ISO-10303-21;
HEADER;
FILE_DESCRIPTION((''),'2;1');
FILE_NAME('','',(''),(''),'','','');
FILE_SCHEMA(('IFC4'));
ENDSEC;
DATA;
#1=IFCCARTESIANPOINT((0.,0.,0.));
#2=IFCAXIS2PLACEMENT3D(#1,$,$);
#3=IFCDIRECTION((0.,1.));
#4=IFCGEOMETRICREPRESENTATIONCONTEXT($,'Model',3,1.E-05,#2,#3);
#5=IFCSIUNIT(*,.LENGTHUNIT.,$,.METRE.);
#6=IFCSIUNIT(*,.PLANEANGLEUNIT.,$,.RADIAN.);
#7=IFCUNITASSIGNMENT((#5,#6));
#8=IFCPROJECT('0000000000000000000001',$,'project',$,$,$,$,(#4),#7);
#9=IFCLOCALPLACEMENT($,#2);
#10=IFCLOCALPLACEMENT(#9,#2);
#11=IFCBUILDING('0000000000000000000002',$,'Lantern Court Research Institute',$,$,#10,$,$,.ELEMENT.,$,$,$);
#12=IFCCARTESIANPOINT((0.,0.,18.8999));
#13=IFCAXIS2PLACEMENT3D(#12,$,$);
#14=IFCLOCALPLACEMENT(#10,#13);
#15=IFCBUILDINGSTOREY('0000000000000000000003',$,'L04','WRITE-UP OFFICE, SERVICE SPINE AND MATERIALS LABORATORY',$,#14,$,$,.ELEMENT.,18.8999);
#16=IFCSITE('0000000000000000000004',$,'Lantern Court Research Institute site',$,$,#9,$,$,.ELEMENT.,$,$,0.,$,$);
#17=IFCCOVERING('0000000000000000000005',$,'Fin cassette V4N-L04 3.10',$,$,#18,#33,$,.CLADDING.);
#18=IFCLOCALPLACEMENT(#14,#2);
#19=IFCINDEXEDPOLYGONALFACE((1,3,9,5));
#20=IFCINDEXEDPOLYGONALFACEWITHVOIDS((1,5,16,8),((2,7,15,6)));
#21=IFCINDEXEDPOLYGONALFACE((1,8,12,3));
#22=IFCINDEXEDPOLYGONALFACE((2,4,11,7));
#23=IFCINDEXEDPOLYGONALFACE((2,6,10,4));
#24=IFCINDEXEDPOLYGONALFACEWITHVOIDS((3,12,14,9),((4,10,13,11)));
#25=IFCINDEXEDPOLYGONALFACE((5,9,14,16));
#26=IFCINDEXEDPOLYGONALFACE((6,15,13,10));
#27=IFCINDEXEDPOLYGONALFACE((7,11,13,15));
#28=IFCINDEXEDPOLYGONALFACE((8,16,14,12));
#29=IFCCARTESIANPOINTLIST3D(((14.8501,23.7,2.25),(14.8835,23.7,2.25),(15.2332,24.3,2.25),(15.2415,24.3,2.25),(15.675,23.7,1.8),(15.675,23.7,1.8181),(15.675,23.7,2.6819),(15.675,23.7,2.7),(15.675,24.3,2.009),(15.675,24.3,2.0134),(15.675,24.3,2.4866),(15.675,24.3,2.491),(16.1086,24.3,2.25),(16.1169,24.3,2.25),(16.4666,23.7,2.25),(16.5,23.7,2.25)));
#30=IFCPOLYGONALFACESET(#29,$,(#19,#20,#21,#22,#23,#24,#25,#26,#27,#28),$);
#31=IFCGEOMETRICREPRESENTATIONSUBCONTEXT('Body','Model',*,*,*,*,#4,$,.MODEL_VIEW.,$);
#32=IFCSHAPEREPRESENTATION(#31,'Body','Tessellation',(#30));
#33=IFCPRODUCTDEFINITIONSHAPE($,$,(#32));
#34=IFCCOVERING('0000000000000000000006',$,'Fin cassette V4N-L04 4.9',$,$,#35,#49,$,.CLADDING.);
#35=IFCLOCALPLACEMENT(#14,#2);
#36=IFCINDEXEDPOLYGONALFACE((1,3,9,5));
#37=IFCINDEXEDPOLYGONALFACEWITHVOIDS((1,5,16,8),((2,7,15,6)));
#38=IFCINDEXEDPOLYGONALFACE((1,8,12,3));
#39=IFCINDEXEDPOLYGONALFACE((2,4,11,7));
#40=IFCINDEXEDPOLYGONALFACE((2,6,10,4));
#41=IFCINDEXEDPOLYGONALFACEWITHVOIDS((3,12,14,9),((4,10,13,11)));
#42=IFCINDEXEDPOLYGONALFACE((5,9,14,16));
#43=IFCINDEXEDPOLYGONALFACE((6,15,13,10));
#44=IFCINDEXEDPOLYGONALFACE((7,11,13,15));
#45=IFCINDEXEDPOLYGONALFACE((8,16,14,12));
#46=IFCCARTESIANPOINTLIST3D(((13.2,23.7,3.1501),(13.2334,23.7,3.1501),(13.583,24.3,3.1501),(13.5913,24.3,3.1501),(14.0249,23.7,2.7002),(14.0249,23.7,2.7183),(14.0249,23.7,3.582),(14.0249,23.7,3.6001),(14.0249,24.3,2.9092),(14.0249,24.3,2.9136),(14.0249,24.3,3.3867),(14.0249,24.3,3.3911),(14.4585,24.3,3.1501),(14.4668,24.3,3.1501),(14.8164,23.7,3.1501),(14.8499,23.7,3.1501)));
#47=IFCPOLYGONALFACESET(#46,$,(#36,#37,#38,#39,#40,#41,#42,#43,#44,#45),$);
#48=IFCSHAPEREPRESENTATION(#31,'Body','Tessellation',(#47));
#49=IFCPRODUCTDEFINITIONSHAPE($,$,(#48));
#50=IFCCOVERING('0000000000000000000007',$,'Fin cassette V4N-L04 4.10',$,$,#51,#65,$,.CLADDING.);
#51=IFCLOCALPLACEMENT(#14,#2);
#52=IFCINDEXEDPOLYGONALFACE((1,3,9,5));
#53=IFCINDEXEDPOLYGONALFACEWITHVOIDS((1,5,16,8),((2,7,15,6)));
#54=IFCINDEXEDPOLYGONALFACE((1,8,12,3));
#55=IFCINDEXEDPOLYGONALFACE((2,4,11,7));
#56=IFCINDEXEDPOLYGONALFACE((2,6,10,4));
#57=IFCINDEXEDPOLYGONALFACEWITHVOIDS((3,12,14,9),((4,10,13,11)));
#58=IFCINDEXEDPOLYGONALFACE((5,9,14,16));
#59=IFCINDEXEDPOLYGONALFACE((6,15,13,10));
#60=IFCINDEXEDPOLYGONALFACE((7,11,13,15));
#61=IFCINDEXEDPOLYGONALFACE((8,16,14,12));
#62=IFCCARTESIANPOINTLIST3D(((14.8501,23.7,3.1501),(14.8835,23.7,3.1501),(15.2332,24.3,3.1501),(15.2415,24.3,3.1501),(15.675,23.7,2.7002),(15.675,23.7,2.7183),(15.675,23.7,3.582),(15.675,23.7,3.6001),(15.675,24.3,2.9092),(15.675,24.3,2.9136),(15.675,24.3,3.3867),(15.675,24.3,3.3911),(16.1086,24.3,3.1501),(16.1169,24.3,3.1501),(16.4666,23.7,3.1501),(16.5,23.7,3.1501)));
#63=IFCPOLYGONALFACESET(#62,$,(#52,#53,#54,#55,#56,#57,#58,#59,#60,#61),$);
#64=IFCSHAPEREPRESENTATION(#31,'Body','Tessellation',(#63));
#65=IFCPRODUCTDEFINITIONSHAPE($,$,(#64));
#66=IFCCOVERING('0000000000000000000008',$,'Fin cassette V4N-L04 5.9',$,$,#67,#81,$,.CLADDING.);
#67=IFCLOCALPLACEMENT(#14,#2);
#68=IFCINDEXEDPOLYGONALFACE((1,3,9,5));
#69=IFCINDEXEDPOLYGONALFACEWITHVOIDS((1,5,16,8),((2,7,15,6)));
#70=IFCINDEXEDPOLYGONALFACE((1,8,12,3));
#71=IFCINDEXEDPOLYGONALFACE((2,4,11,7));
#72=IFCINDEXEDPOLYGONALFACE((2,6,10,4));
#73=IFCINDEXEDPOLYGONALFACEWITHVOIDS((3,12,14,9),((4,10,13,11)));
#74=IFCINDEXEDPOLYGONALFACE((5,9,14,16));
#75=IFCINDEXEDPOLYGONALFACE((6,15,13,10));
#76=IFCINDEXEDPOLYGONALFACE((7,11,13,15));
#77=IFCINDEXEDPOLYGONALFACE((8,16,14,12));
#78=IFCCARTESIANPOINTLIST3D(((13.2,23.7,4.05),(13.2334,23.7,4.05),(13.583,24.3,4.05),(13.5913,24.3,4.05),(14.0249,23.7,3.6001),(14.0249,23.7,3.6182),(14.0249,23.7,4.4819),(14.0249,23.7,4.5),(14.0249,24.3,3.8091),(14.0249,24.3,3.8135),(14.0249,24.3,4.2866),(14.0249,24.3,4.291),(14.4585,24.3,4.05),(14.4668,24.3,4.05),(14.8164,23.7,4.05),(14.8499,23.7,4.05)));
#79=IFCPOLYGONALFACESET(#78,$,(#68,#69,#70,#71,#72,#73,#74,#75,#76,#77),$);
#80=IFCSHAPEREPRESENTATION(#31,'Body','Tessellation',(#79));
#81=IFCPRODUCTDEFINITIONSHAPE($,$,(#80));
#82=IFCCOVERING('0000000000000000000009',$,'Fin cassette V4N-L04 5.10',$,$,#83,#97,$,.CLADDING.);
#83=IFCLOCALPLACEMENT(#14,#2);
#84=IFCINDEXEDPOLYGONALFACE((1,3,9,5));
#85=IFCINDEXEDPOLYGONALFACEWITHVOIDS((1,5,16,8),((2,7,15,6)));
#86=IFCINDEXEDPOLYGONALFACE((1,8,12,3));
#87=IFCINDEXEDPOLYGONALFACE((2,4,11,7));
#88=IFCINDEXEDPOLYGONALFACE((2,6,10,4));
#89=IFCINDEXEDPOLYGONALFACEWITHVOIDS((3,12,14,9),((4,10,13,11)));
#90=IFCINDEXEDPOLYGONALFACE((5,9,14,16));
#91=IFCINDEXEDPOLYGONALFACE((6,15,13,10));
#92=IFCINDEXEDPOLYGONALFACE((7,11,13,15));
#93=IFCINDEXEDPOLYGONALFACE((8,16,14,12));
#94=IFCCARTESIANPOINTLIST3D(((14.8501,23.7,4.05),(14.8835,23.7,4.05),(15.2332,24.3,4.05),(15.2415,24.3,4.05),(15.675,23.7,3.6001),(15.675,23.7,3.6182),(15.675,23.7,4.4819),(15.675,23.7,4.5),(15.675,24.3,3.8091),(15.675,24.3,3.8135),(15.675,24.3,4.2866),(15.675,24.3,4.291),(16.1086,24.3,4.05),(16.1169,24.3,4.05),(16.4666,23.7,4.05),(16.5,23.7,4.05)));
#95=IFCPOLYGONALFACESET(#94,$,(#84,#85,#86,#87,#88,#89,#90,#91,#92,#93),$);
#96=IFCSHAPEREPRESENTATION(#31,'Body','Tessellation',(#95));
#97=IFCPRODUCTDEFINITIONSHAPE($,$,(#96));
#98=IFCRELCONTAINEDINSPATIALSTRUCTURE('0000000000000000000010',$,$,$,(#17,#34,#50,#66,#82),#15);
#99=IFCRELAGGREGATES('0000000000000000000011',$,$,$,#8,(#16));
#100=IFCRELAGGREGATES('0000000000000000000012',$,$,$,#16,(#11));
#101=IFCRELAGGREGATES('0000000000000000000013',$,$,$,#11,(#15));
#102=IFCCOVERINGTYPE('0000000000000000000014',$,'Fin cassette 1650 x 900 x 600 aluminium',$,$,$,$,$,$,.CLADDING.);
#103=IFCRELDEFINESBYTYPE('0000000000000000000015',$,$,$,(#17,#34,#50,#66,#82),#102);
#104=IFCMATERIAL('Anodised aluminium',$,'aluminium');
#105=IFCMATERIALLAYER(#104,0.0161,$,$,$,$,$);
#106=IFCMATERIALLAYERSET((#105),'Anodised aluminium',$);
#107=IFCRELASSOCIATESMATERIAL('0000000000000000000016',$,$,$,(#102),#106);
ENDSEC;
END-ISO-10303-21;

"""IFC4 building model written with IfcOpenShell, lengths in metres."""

from ifc_helpers import new_model, entity, si_unit, direction, frame, origin, place, context, subcontext, project, spatial, material, layer, layer_set, type_object, element, save


model = new_model("IFC4")

# Units and contexts
model_context = context("Model", 3, precision=1e-05, world=origin(), true_north=direction((0.0, 1.0)))
body_context = subcontext(model_context, "Body", "Model", "MODEL_VIEW")
ifc_project = project(units=[si_unit("LENGTHUNIT", "METRE"), si_unit("PLANEANGLEUNIT", "RADIAN")], contexts=[model_context])

# Site, building, storey
site_placement = place(None, origin())
site = spatial("IfcSite", under=ifc_project, at=site_placement, Name="Lantern Court Research Institute site", CompositionType="ELEMENT", RefElevation=0.0)
building_placement = place(site_placement, origin())
building = spatial("IfcBuilding", under=site, at=building_placement, Name="Lantern Court Research Institute", CompositionType="ELEMENT")
storey_placement = place(building_placement, frame((0.0, 0.0, 18.8999)))
storey = spatial("IfcBuildingStorey", under=building, at=storey_placement, Name="L04", Description="WRITE-UP OFFICE, SERVICE SPINE AND MATERIALS LABORATORY", CompositionType="ELEMENT", Elevation=18.8999)

# Coverings
ifc_material_1 = material(Name="Anodised aluminium", Category="aluminium")
ifc_layer_1 = layer(ifc_material_1, 0.0161)
ifc_layer_set_1 = layer_set([ifc_layer_1], Name="Anodised aluminium")
covering_type = type_object("IfcCoveringType", Name="Fin cassette 1650 x 900 x 600 aluminium", PredefinedType="CLADDING", material=ifc_layer_set_1)
covering_1_placement = place(storey_placement, frame((15.675, 23.7, 2.25), z_axis=(0.0, 1.0, 0.0), x_axis=(-1.0, 0.0, 0.0)))
cartesian_point_1 = entity("IfcCartesianPoint", [0.825, 0.0])
cartesian_point_2 = entity("IfcCartesianPoint", [0.7915, 0.0])
cartesian_point_3 = entity("IfcCartesianPoint", [0.4419, 0.0])
cartesian_point_4 = entity("IfcCartesianPoint", [0.4336, 0.0])
element("IfcCovering", 1, at=covering_1_placement, inside=storey, type_object=covering_type, Name="Fin cassette V4N-L04 3.10", PredefinedType="CLADDING", context=body_context, shape_type="SweptSolid", body=[
    entity("IfcExtrudedAreaSolidTapered", entity("IfcArbitraryProfileDefWithVoids", "AREA", None, entity("IfcPolyline", [cartesian_point_1, entity("IfcCartesianPoint", [0.0, 0.45]), entity("IfcCartesianPoint", [-0.825, 0.0]), entity("IfcCartesianPoint", [0.0, -0.45]), cartesian_point_1]), [entity("IfcPolyline", [cartesian_point_2, entity("IfcCartesianPoint", [0.0, 0.4319]), entity("IfcCartesianPoint", [-0.7915, 0.0]), entity("IfcCartesianPoint", [0.0, -0.4319]), cartesian_point_2])]), entity("IfcAxis2Placement3D", entity("IfcCartesianPoint", [0.0, 0.0, 0.0])), entity("IfcDirection", [0.0, 0.0, 1.0]), 0.6001, entity("IfcArbitraryProfileDefWithVoids", "AREA", None, entity("IfcPolyline", [cartesian_point_3, entity("IfcCartesianPoint", [0.0, 0.241]), entity("IfcCartesianPoint", [-0.4419, 0.0]), entity("IfcCartesianPoint", [0.0, -0.241]), cartesian_point_3]), [entity("IfcPolyline", [cartesian_point_4, entity("IfcCartesianPoint", [0.0, 0.2366]), entity("IfcCartesianPoint", [-0.4336, 0.0]), entity("IfcCartesianPoint", [0.0, -0.2366]), cartesian_point_4])])),
])
covering_2_placement = place(storey_placement, frame((14.0249, 23.7, 3.1501), z_axis=(0.0, 1.0, 0.0), x_axis=(-1.0, 0.0, 0.0)))
cartesian_point_5 = entity("IfcCartesianPoint", [0.825, 0.0])
cartesian_point_6 = entity("IfcCartesianPoint", [0.7915, 0.0])
cartesian_point_7 = entity("IfcCartesianPoint", [0.4419, 0.0])
cartesian_point_8 = entity("IfcCartesianPoint", [0.4336, 0.0])
element("IfcCovering", 2, at=covering_2_placement, inside=storey, type_object=covering_type, Name="Fin cassette V4N-L04 4.9", PredefinedType="CLADDING", context=body_context, shape_type="SweptSolid", body=[
    entity("IfcExtrudedAreaSolidTapered", entity("IfcArbitraryProfileDefWithVoids", "AREA", None, entity("IfcPolyline", [cartesian_point_5, entity("IfcCartesianPoint", [0.0, 0.45]), entity("IfcCartesianPoint", [-0.825, 0.0]), entity("IfcCartesianPoint", [0.0, -0.45]), cartesian_point_5]), [entity("IfcPolyline", [cartesian_point_6, entity("IfcCartesianPoint", [0.0, 0.4319]), entity("IfcCartesianPoint", [-0.7915, 0.0]), entity("IfcCartesianPoint", [0.0, -0.4319]), cartesian_point_6])]), entity("IfcAxis2Placement3D", entity("IfcCartesianPoint", [0.0, 0.0, 0.0])), entity("IfcDirection", [0.0, 0.0, 1.0]), 0.6001, entity("IfcArbitraryProfileDefWithVoids", "AREA", None, entity("IfcPolyline", [cartesian_point_7, entity("IfcCartesianPoint", [0.0, 0.241]), entity("IfcCartesianPoint", [-0.4419, 0.0]), entity("IfcCartesianPoint", [0.0, -0.241]), cartesian_point_7]), [entity("IfcPolyline", [cartesian_point_8, entity("IfcCartesianPoint", [0.0, 0.2366]), entity("IfcCartesianPoint", [-0.4336, 0.0]), entity("IfcCartesianPoint", [0.0, -0.2366]), cartesian_point_8])])),
])
covering_3_placement = place(storey_placement, frame((15.675, 23.7, 3.1501), z_axis=(0.0, 1.0, 0.0), x_axis=(-1.0, 0.0, 0.0)))
cartesian_point_9 = entity("IfcCartesianPoint", [0.825, 0.0])
cartesian_point_10 = entity("IfcCartesianPoint", [0.7915, 0.0])
cartesian_point_11 = entity("IfcCartesianPoint", [0.4419, 0.0])
cartesian_point_12 = entity("IfcCartesianPoint", [0.4336, 0.0])
element("IfcCovering", 3, at=covering_3_placement, inside=storey, type_object=covering_type, Name="Fin cassette V4N-L04 4.10", PredefinedType="CLADDING", context=body_context, shape_type="SweptSolid", body=[
    entity("IfcExtrudedAreaSolidTapered", entity("IfcArbitraryProfileDefWithVoids", "AREA", None, entity("IfcPolyline", [cartesian_point_9, entity("IfcCartesianPoint", [0.0, 0.45]), entity("IfcCartesianPoint", [-0.825, 0.0]), entity("IfcCartesianPoint", [0.0, -0.45]), cartesian_point_9]), [entity("IfcPolyline", [cartesian_point_10, entity("IfcCartesianPoint", [0.0, 0.4319]), entity("IfcCartesianPoint", [-0.7915, 0.0]), entity("IfcCartesianPoint", [0.0, -0.4319]), cartesian_point_10])]), entity("IfcAxis2Placement3D", entity("IfcCartesianPoint", [0.0, 0.0, 0.0])), entity("IfcDirection", [0.0, 0.0, 1.0]), 0.6001, entity("IfcArbitraryProfileDefWithVoids", "AREA", None, entity("IfcPolyline", [cartesian_point_11, entity("IfcCartesianPoint", [0.0, 0.241]), entity("IfcCartesianPoint", [-0.4419, 0.0]), entity("IfcCartesianPoint", [0.0, -0.241]), cartesian_point_11]), [entity("IfcPolyline", [cartesian_point_12, entity("IfcCartesianPoint", [0.0, 0.2366]), entity("IfcCartesianPoint", [-0.4336, 0.0]), entity("IfcCartesianPoint", [0.0, -0.2366]), cartesian_point_12])])),
])
covering_4_placement = place(storey_placement, frame((14.0249, 23.7, 4.05), z_axis=(0.0, 1.0, 0.0), x_axis=(-1.0, 0.0, 0.0)))
cartesian_point_13 = entity("IfcCartesianPoint", [0.825, 0.0])
cartesian_point_14 = entity("IfcCartesianPoint", [0.7915, 0.0])
cartesian_point_15 = entity("IfcCartesianPoint", [0.4419, 0.0])
cartesian_point_16 = entity("IfcCartesianPoint", [0.4336, 0.0])
element("IfcCovering", 4, at=covering_4_placement, inside=storey, type_object=covering_type, Name="Fin cassette V4N-L04 5.9", PredefinedType="CLADDING", context=body_context, shape_type="SweptSolid", body=[
    entity("IfcExtrudedAreaSolidTapered", entity("IfcArbitraryProfileDefWithVoids", "AREA", None, entity("IfcPolyline", [cartesian_point_13, entity("IfcCartesianPoint", [0.0, 0.45]), entity("IfcCartesianPoint", [-0.825, 0.0]), entity("IfcCartesianPoint", [0.0, -0.45]), cartesian_point_13]), [entity("IfcPolyline", [cartesian_point_14, entity("IfcCartesianPoint", [0.0, 0.4319]), entity("IfcCartesianPoint", [-0.7915, 0.0]), entity("IfcCartesianPoint", [0.0, -0.4319]), cartesian_point_14])]), entity("IfcAxis2Placement3D", entity("IfcCartesianPoint", [0.0, 0.0, 0.0])), entity("IfcDirection", [0.0, 0.0, 1.0]), 0.6001, entity("IfcArbitraryProfileDefWithVoids", "AREA", None, entity("IfcPolyline", [cartesian_point_15, entity("IfcCartesianPoint", [0.0, 0.241]), entity("IfcCartesianPoint", [-0.4419, 0.0]), entity("IfcCartesianPoint", [0.0, -0.241]), cartesian_point_15]), [entity("IfcPolyline", [cartesian_point_16, entity("IfcCartesianPoint", [0.0, 0.2366]), entity("IfcCartesianPoint", [-0.4336, 0.0]), entity("IfcCartesianPoint", [0.0, -0.2366]), cartesian_point_16])])),
])
covering_5_placement = place(storey_placement, frame((15.675, 23.7, 4.05), z_axis=(0.0, 1.0, 0.0), x_axis=(-1.0, 0.0, 0.0)))
cartesian_point_17 = entity("IfcCartesianPoint", [0.825, 0.0])
cartesian_point_18 = entity("IfcCartesianPoint", [0.7915, 0.0])
cartesian_point_19 = entity("IfcCartesianPoint", [0.4419, 0.0])
cartesian_point_20 = entity("IfcCartesianPoint", [0.4336, 0.0])
element("IfcCovering", 5, at=covering_5_placement, inside=storey, type_object=covering_type, Name="Fin cassette V4N-L04 5.10", PredefinedType="CLADDING", context=body_context, shape_type="SweptSolid", body=[
    entity("IfcExtrudedAreaSolidTapered", entity("IfcArbitraryProfileDefWithVoids", "AREA", None, entity("IfcPolyline", [cartesian_point_17, entity("IfcCartesianPoint", [0.0, 0.45]), entity("IfcCartesianPoint", [-0.825, 0.0]), entity("IfcCartesianPoint", [0.0, -0.45]), cartesian_point_17]), [entity("IfcPolyline", [cartesian_point_18, entity("IfcCartesianPoint", [0.0, 0.4319]), entity("IfcCartesianPoint", [-0.7915, 0.0]), entity("IfcCartesianPoint", [0.0, -0.4319]), cartesian_point_18])]), entity("IfcAxis2Placement3D", entity("IfcCartesianPoint", [0.0, 0.0, 0.0])), entity("IfcDirection", [0.0, 0.0, 1.0]), 0.6001, entity("IfcArbitraryProfileDefWithVoids", "AREA", None, entity("IfcPolyline", [cartesian_point_19, entity("IfcCartesianPoint", [0.0, 0.241]), entity("IfcCartesianPoint", [-0.4419, 0.0]), entity("IfcCartesianPoint", [0.0, -0.241]), cartesian_point_19]), [entity("IfcPolyline", [cartesian_point_20, entity("IfcCartesianPoint", [0.0, 0.2366]), entity("IfcCartesianPoint", [-0.4336, 0.0]), entity("IfcCartesianPoint", [0.0, -0.2366]), cartesian_point_20])])),
])

save(model, "model.ifc")
